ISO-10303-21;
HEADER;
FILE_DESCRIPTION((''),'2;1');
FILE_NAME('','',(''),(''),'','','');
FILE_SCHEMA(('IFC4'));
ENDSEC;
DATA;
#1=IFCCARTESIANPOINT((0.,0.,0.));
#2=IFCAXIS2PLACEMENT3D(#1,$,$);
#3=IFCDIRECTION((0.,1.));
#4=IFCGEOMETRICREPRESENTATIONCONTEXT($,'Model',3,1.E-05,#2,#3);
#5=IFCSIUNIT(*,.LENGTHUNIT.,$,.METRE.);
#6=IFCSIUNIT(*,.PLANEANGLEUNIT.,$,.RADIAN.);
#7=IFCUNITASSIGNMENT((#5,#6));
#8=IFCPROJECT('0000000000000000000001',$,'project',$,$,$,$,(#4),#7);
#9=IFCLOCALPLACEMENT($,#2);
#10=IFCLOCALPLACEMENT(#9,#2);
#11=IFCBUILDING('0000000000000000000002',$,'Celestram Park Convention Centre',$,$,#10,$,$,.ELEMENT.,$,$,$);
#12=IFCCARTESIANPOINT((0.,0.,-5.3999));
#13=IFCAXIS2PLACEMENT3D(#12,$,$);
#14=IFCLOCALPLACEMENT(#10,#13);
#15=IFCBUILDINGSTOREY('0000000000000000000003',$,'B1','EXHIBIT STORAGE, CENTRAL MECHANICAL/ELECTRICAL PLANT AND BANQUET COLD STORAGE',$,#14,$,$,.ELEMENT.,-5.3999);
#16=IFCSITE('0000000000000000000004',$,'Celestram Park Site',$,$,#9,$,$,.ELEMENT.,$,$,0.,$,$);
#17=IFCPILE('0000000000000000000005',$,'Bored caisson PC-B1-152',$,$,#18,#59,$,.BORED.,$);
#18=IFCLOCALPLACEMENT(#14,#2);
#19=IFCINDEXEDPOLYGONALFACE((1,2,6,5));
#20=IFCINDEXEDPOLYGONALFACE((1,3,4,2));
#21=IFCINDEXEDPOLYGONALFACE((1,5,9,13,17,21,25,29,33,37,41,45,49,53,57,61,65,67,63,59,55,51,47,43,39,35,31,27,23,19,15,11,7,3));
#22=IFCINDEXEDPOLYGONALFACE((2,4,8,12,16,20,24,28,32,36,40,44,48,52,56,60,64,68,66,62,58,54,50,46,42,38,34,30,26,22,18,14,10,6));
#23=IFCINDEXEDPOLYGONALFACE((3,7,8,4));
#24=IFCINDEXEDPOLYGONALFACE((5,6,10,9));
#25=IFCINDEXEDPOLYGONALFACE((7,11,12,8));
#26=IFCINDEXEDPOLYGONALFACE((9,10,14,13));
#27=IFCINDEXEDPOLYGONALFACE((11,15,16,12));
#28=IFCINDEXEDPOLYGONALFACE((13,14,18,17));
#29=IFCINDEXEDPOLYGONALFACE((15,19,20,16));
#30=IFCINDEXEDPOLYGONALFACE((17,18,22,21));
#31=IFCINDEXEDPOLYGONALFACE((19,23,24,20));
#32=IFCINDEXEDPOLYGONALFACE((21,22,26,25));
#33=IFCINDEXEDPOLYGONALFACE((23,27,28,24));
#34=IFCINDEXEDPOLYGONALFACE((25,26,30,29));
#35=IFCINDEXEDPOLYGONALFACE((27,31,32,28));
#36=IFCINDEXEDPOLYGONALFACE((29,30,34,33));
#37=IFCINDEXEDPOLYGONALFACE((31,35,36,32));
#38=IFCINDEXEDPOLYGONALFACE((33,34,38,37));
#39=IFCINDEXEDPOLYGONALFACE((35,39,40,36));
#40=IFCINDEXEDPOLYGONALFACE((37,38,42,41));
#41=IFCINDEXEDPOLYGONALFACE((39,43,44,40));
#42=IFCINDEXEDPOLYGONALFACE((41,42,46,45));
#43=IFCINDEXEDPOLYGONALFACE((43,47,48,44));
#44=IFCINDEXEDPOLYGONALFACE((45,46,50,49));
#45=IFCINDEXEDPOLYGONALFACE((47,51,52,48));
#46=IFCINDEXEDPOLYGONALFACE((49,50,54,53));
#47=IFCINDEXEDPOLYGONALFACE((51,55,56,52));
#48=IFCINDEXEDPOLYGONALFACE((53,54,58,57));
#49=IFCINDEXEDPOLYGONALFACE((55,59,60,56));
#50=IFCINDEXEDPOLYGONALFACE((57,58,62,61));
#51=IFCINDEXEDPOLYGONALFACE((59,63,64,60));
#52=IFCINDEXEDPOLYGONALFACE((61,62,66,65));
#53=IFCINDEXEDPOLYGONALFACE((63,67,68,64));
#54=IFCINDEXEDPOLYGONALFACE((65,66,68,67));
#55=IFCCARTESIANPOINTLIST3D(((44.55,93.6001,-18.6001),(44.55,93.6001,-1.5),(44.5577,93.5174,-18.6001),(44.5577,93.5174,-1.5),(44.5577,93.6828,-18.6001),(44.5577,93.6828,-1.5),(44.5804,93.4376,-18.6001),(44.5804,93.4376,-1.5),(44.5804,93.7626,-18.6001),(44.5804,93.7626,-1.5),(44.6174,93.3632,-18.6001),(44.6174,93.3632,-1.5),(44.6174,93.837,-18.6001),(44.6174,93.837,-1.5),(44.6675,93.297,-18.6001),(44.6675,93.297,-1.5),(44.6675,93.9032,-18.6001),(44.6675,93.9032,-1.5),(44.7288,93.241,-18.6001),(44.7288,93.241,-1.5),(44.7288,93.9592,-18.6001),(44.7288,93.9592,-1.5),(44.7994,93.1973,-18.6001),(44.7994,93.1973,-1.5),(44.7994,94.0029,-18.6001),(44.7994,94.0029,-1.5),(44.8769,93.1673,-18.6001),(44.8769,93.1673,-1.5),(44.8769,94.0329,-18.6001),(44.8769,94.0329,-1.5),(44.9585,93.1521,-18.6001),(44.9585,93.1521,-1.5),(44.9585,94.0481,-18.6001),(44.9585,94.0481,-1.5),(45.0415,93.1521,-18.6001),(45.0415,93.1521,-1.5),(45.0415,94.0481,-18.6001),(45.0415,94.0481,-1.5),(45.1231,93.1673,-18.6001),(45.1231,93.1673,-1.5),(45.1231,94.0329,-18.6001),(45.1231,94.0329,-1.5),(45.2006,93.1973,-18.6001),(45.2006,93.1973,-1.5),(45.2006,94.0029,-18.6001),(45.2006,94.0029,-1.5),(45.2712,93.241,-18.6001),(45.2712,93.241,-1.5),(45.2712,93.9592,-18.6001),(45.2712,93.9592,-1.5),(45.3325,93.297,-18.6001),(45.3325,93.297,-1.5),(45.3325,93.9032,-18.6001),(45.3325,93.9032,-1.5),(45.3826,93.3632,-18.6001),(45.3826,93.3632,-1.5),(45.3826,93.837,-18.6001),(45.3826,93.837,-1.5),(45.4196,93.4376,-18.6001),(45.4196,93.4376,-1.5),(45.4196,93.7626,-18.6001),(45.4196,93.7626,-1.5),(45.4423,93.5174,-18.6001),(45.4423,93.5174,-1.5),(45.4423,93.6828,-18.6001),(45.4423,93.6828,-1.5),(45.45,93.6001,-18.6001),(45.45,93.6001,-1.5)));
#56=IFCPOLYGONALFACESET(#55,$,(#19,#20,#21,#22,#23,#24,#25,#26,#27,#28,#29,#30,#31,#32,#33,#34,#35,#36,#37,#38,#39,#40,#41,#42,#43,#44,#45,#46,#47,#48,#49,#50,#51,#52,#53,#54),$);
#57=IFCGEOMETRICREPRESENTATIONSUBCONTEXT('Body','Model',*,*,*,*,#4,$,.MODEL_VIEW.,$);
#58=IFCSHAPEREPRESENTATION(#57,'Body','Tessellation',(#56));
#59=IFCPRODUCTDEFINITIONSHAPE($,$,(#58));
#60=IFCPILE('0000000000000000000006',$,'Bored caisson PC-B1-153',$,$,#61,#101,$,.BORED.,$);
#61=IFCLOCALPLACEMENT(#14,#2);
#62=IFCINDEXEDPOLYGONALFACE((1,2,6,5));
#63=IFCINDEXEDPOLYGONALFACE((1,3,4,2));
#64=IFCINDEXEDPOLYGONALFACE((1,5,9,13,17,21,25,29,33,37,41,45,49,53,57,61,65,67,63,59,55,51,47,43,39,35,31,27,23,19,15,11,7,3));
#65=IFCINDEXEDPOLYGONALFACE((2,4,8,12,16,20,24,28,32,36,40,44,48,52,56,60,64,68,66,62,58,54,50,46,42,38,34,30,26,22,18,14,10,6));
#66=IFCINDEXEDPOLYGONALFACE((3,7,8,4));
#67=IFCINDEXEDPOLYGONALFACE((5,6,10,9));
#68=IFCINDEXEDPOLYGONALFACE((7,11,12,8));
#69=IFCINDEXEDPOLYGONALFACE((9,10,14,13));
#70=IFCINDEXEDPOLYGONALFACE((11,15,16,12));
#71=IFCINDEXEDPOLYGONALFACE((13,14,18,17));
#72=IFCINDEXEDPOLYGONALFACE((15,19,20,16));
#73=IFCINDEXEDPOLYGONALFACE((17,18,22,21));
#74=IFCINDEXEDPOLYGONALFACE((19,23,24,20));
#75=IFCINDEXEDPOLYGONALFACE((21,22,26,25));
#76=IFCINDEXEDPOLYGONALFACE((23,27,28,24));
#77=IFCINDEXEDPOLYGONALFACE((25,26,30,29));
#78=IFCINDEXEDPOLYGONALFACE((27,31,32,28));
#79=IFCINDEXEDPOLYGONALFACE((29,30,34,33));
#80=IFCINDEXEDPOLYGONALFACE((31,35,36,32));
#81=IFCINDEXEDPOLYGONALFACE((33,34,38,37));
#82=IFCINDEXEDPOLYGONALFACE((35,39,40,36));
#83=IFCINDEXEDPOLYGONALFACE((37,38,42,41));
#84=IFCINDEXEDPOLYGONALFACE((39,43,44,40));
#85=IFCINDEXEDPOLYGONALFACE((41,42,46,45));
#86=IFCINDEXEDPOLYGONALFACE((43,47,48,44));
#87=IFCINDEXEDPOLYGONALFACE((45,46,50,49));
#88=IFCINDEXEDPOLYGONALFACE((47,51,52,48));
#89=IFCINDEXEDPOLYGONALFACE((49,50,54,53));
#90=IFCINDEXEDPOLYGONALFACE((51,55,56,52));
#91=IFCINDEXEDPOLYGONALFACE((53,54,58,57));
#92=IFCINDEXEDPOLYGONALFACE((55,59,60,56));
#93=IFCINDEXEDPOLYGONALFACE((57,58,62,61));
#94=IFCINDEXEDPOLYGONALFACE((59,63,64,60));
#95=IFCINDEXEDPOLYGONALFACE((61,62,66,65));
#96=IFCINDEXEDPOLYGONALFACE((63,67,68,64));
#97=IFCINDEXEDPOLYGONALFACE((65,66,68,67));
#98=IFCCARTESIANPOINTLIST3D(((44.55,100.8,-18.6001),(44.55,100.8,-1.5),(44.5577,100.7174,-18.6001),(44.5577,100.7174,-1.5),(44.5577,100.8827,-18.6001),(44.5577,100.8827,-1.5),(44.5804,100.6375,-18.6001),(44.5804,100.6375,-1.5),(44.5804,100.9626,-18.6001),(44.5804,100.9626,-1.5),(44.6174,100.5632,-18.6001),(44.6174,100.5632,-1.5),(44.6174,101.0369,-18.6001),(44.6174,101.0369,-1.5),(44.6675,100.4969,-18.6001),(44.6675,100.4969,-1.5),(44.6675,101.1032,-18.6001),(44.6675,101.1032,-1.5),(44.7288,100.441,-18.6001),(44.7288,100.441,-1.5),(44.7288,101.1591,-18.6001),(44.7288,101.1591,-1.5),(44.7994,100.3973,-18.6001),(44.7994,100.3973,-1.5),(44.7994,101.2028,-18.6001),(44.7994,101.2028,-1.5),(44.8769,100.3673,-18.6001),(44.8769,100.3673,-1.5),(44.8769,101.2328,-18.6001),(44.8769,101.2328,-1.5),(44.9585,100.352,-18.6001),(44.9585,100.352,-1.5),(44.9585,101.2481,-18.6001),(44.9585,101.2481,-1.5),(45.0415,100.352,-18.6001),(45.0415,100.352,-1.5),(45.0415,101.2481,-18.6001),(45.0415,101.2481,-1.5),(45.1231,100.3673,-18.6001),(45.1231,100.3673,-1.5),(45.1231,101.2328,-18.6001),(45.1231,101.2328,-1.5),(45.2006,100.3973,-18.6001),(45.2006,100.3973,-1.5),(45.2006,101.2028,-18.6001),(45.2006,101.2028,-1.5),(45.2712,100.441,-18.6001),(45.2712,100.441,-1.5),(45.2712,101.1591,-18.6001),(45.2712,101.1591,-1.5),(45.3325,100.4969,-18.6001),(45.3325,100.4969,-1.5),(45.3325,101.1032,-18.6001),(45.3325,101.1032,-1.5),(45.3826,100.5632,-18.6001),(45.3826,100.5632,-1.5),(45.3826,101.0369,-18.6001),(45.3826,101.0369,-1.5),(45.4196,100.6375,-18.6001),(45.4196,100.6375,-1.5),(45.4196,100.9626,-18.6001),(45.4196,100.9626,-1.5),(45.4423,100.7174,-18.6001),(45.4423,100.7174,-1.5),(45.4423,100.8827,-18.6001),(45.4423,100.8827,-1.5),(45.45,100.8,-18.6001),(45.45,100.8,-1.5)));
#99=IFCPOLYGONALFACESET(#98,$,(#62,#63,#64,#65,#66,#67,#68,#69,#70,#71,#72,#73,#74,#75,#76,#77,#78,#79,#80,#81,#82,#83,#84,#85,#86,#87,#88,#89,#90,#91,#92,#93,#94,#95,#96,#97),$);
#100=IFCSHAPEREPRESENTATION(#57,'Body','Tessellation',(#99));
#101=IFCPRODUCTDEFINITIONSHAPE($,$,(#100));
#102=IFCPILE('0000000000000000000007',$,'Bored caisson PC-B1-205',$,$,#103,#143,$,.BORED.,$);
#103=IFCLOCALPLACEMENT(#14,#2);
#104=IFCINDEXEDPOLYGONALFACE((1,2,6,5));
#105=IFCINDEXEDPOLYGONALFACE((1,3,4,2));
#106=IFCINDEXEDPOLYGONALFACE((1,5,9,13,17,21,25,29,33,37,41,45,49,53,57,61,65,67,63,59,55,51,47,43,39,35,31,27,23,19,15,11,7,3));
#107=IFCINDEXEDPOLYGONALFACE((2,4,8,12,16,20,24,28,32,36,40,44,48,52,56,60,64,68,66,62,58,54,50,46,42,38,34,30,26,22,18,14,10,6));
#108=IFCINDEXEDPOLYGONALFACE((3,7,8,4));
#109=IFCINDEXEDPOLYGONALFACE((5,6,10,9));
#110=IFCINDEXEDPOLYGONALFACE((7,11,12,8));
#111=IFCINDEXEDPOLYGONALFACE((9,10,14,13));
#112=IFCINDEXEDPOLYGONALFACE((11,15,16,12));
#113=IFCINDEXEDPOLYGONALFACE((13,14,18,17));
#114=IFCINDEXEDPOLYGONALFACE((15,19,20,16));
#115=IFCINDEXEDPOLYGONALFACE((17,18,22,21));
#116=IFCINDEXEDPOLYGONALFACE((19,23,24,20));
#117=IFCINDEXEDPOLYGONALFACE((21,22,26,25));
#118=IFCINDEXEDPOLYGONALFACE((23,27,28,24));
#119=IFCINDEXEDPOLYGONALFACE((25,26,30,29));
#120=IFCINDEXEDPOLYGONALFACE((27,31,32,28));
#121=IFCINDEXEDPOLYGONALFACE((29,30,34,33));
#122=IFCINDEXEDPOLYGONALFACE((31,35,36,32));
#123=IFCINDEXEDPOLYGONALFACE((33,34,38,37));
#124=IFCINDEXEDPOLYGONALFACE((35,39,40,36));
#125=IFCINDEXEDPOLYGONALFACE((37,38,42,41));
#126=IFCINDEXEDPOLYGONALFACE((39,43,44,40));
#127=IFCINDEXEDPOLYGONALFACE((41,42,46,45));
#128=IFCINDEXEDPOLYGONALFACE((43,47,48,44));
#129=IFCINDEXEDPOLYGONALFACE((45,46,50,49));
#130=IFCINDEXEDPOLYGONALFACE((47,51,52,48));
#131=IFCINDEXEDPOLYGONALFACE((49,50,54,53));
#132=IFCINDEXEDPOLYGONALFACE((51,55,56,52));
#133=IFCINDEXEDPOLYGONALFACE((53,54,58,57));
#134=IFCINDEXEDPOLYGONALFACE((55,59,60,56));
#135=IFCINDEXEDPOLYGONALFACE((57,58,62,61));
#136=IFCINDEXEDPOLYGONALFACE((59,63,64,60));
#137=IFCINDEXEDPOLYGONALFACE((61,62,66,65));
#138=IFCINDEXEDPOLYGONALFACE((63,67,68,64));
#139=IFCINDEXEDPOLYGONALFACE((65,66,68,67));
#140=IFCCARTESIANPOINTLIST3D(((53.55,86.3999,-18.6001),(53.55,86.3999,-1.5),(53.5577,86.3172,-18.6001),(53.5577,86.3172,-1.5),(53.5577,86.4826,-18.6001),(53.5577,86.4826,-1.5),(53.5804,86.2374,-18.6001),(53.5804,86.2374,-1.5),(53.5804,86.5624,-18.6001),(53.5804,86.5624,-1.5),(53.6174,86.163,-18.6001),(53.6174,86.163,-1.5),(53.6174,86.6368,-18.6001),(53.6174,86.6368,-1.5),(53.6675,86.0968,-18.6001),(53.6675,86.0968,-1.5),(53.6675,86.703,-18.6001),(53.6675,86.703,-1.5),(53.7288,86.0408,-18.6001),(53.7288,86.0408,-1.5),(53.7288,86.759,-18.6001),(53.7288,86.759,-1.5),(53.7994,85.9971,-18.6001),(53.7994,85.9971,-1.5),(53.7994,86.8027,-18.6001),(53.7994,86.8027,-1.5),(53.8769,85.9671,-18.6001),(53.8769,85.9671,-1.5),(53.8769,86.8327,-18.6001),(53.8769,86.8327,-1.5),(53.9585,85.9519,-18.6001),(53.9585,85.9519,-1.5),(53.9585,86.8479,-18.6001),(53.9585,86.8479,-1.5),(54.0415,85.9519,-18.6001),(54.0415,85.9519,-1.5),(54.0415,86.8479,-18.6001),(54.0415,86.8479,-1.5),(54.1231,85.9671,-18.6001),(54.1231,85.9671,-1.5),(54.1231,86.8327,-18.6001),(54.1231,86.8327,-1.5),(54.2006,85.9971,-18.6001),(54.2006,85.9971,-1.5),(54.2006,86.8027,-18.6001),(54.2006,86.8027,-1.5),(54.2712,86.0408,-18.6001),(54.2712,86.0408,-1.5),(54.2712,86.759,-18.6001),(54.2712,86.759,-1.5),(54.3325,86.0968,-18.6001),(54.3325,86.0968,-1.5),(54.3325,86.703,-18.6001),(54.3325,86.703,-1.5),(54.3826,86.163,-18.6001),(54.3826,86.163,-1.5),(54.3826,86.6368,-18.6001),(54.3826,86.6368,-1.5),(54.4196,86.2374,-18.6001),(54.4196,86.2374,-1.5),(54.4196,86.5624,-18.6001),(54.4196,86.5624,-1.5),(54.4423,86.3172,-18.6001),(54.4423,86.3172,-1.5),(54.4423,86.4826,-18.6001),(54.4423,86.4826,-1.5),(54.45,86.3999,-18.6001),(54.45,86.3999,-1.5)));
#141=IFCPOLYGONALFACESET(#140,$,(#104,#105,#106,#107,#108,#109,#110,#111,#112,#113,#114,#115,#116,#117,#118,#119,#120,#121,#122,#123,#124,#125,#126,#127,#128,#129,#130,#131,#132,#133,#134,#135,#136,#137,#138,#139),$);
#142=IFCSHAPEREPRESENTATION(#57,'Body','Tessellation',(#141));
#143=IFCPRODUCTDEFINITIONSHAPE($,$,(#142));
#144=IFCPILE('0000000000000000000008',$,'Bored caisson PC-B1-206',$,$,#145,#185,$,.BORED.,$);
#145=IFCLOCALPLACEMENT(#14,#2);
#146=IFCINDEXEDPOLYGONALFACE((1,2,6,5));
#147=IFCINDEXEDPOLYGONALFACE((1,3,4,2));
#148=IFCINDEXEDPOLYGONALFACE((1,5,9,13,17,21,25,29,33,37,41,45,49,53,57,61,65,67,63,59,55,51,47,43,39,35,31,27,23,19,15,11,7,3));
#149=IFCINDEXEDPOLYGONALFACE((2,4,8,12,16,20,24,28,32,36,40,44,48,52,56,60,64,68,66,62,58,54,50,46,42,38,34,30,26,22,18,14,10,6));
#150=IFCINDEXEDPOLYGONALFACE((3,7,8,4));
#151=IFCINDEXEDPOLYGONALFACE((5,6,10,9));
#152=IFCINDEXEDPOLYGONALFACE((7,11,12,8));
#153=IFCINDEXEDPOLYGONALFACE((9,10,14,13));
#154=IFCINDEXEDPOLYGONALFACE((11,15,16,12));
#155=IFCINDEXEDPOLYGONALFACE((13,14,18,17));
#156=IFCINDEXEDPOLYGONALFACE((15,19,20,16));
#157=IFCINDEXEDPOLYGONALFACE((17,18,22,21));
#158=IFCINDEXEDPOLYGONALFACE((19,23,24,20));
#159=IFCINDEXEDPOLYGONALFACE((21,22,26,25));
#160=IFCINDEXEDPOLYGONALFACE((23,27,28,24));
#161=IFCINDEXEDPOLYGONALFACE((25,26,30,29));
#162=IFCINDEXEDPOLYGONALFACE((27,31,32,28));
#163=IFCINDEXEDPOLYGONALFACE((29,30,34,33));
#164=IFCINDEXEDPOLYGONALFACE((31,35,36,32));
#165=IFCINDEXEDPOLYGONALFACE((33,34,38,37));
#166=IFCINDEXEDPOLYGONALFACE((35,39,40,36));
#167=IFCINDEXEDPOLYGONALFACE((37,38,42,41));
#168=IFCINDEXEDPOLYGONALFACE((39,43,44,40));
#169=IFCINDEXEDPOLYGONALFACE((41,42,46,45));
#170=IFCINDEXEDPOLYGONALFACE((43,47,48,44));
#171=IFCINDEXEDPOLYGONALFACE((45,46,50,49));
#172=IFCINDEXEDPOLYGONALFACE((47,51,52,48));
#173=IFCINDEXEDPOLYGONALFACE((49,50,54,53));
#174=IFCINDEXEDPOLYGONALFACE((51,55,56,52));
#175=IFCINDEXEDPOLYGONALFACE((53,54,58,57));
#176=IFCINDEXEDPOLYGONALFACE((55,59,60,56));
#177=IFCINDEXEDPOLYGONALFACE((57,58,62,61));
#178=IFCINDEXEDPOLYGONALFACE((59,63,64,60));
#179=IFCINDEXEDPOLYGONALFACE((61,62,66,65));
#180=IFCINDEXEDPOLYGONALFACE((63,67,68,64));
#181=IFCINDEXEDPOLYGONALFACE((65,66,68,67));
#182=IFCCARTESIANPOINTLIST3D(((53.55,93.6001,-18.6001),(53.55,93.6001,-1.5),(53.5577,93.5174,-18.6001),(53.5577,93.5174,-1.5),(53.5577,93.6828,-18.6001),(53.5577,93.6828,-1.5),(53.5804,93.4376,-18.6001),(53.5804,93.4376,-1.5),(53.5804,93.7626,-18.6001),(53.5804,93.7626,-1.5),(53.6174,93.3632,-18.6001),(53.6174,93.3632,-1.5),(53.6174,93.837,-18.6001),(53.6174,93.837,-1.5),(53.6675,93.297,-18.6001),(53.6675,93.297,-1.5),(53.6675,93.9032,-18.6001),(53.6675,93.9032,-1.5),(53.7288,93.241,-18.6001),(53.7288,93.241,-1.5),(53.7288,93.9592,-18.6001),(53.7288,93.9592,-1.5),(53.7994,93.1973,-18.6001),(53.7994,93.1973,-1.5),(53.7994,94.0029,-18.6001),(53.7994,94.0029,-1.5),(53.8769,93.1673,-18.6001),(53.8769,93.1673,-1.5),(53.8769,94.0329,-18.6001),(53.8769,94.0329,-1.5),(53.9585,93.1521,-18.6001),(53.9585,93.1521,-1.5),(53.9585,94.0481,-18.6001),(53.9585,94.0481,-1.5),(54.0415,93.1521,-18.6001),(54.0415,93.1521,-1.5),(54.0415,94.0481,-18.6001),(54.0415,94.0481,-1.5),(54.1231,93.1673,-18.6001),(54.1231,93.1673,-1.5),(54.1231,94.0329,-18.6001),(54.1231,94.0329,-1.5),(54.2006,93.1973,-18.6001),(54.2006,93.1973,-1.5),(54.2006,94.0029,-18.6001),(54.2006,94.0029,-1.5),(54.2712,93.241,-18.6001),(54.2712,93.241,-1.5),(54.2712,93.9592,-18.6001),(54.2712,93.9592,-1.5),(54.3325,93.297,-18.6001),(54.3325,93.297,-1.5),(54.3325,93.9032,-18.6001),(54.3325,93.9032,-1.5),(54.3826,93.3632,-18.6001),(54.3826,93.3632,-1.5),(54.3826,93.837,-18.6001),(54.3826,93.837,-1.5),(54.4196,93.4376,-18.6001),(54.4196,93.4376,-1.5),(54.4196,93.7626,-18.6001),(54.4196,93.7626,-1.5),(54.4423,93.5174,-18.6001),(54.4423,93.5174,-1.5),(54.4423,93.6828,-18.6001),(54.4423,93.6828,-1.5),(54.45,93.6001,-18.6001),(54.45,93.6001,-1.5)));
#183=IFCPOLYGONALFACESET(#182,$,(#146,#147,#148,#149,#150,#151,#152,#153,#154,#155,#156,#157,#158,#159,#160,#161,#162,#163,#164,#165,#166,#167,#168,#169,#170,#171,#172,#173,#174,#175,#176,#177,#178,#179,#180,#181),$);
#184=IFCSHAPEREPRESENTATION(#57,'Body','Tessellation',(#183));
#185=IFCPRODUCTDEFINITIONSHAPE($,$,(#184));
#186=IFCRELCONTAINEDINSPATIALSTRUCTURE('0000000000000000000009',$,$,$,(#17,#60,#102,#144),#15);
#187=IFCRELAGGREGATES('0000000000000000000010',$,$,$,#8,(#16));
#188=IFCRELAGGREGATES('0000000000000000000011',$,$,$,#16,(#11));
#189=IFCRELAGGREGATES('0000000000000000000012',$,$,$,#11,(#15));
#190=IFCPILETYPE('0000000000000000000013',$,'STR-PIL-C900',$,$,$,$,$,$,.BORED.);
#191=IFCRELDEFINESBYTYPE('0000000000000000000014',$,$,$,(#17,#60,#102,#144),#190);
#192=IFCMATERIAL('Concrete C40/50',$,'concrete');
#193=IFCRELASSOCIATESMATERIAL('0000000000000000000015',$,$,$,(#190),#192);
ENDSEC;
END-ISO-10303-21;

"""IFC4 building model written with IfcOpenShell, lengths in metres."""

from ifc_helpers import new_model, si_unit, direction, frame, origin, origin_2d, place, context, subcontext, project, spatial, circle, extrude, material, material_profile, profile_set, type_object, element, save


model = new_model("IFC4")

# Units and contexts
model_context = context("Model", 3, precision=1e-05, world=origin(), true_north=direction((0.0, 1.0)))
body_context = subcontext(model_context, "Body", "Model", "MODEL_VIEW")
ifc_project = project(units=[si_unit("LENGTHUNIT", "METRE"), si_unit("PLANEANGLEUNIT", "RADIAN")], contexts=[model_context])

# Site, building, storey
site_placement = place(None, origin())
site = spatial("IfcSite", under=ifc_project, at=site_placement, Name="Celestram Park Site", CompositionType="ELEMENT", RefElevation=0.0)
building_placement = place(site_placement, origin())
building = spatial("IfcBuilding", under=site, at=building_placement, Name="Celestram Park Convention Centre", CompositionType="ELEMENT")
storey_placement = place(building_placement, frame((0.0, 0.0, -5.3999)))
storey = spatial("IfcBuildingStorey", under=building, at=storey_placement, Name="B1", Description="EXHIBIT STORAGE, CENTRAL MECHANICAL/ELECTRICAL PLANT AND BANQUET COLD STORAGE", CompositionType="ELEMENT", Elevation=-5.3999)

# Shared definitions
ifc_material_1 = material(Name="Concrete C40/50", Category="concrete")

# Piles
ifc_material_profile_1 = material_profile(ifc_material_1, circle(Radius=0.45, at=origin_2d()), Name="CAISSON900")
ifc_profile_set_1 = profile_set([ifc_material_profile_1], Name="Concrete C40/50")
pile_type_1 = type_object("IfcPileType", Name="STR-PIL-C900", PredefinedType="BORED", material=ifc_profile_set_1)
for number, where, z_axis, x_axis, name in (
    (1, (45.0, 93.6001, -1.5), (0.0, 0.0, -1.0), (1.0, 0.0, 0.0), "Bored caisson PC-B1-152"),
    (2, (45.0, 100.8, -1.5), (0.0, 0.0, -1.0), (1.0, 0.0, 0.0), "Bored caisson PC-B1-153"),
    (3, (54.0, 86.3999, -1.5), (0.0, 0.0, -1.0), (1.0, 0.0, 0.0), "Bored caisson PC-B1-205"),
    (4, (54.0, 93.6001, -1.5), (0.0, 0.0, -1.0), (1.0, 0.0, 0.0), "Bored caisson PC-B1-206"),
):
    element("IfcPile", number, at=place(storey_placement, frame(where, z_axis=z_axis, x_axis=x_axis)), inside=storey, type_object=pile_type_1, Name=name, PredefinedType="BORED", context=body_context, shape_type="SweptSolid", body=[
        extrude(circle(Radius=0.45, at=origin_2d()), origin(), (0.0, 0.0, 1.0), 17.1001),
    ])

save(model, "model.ifc")
